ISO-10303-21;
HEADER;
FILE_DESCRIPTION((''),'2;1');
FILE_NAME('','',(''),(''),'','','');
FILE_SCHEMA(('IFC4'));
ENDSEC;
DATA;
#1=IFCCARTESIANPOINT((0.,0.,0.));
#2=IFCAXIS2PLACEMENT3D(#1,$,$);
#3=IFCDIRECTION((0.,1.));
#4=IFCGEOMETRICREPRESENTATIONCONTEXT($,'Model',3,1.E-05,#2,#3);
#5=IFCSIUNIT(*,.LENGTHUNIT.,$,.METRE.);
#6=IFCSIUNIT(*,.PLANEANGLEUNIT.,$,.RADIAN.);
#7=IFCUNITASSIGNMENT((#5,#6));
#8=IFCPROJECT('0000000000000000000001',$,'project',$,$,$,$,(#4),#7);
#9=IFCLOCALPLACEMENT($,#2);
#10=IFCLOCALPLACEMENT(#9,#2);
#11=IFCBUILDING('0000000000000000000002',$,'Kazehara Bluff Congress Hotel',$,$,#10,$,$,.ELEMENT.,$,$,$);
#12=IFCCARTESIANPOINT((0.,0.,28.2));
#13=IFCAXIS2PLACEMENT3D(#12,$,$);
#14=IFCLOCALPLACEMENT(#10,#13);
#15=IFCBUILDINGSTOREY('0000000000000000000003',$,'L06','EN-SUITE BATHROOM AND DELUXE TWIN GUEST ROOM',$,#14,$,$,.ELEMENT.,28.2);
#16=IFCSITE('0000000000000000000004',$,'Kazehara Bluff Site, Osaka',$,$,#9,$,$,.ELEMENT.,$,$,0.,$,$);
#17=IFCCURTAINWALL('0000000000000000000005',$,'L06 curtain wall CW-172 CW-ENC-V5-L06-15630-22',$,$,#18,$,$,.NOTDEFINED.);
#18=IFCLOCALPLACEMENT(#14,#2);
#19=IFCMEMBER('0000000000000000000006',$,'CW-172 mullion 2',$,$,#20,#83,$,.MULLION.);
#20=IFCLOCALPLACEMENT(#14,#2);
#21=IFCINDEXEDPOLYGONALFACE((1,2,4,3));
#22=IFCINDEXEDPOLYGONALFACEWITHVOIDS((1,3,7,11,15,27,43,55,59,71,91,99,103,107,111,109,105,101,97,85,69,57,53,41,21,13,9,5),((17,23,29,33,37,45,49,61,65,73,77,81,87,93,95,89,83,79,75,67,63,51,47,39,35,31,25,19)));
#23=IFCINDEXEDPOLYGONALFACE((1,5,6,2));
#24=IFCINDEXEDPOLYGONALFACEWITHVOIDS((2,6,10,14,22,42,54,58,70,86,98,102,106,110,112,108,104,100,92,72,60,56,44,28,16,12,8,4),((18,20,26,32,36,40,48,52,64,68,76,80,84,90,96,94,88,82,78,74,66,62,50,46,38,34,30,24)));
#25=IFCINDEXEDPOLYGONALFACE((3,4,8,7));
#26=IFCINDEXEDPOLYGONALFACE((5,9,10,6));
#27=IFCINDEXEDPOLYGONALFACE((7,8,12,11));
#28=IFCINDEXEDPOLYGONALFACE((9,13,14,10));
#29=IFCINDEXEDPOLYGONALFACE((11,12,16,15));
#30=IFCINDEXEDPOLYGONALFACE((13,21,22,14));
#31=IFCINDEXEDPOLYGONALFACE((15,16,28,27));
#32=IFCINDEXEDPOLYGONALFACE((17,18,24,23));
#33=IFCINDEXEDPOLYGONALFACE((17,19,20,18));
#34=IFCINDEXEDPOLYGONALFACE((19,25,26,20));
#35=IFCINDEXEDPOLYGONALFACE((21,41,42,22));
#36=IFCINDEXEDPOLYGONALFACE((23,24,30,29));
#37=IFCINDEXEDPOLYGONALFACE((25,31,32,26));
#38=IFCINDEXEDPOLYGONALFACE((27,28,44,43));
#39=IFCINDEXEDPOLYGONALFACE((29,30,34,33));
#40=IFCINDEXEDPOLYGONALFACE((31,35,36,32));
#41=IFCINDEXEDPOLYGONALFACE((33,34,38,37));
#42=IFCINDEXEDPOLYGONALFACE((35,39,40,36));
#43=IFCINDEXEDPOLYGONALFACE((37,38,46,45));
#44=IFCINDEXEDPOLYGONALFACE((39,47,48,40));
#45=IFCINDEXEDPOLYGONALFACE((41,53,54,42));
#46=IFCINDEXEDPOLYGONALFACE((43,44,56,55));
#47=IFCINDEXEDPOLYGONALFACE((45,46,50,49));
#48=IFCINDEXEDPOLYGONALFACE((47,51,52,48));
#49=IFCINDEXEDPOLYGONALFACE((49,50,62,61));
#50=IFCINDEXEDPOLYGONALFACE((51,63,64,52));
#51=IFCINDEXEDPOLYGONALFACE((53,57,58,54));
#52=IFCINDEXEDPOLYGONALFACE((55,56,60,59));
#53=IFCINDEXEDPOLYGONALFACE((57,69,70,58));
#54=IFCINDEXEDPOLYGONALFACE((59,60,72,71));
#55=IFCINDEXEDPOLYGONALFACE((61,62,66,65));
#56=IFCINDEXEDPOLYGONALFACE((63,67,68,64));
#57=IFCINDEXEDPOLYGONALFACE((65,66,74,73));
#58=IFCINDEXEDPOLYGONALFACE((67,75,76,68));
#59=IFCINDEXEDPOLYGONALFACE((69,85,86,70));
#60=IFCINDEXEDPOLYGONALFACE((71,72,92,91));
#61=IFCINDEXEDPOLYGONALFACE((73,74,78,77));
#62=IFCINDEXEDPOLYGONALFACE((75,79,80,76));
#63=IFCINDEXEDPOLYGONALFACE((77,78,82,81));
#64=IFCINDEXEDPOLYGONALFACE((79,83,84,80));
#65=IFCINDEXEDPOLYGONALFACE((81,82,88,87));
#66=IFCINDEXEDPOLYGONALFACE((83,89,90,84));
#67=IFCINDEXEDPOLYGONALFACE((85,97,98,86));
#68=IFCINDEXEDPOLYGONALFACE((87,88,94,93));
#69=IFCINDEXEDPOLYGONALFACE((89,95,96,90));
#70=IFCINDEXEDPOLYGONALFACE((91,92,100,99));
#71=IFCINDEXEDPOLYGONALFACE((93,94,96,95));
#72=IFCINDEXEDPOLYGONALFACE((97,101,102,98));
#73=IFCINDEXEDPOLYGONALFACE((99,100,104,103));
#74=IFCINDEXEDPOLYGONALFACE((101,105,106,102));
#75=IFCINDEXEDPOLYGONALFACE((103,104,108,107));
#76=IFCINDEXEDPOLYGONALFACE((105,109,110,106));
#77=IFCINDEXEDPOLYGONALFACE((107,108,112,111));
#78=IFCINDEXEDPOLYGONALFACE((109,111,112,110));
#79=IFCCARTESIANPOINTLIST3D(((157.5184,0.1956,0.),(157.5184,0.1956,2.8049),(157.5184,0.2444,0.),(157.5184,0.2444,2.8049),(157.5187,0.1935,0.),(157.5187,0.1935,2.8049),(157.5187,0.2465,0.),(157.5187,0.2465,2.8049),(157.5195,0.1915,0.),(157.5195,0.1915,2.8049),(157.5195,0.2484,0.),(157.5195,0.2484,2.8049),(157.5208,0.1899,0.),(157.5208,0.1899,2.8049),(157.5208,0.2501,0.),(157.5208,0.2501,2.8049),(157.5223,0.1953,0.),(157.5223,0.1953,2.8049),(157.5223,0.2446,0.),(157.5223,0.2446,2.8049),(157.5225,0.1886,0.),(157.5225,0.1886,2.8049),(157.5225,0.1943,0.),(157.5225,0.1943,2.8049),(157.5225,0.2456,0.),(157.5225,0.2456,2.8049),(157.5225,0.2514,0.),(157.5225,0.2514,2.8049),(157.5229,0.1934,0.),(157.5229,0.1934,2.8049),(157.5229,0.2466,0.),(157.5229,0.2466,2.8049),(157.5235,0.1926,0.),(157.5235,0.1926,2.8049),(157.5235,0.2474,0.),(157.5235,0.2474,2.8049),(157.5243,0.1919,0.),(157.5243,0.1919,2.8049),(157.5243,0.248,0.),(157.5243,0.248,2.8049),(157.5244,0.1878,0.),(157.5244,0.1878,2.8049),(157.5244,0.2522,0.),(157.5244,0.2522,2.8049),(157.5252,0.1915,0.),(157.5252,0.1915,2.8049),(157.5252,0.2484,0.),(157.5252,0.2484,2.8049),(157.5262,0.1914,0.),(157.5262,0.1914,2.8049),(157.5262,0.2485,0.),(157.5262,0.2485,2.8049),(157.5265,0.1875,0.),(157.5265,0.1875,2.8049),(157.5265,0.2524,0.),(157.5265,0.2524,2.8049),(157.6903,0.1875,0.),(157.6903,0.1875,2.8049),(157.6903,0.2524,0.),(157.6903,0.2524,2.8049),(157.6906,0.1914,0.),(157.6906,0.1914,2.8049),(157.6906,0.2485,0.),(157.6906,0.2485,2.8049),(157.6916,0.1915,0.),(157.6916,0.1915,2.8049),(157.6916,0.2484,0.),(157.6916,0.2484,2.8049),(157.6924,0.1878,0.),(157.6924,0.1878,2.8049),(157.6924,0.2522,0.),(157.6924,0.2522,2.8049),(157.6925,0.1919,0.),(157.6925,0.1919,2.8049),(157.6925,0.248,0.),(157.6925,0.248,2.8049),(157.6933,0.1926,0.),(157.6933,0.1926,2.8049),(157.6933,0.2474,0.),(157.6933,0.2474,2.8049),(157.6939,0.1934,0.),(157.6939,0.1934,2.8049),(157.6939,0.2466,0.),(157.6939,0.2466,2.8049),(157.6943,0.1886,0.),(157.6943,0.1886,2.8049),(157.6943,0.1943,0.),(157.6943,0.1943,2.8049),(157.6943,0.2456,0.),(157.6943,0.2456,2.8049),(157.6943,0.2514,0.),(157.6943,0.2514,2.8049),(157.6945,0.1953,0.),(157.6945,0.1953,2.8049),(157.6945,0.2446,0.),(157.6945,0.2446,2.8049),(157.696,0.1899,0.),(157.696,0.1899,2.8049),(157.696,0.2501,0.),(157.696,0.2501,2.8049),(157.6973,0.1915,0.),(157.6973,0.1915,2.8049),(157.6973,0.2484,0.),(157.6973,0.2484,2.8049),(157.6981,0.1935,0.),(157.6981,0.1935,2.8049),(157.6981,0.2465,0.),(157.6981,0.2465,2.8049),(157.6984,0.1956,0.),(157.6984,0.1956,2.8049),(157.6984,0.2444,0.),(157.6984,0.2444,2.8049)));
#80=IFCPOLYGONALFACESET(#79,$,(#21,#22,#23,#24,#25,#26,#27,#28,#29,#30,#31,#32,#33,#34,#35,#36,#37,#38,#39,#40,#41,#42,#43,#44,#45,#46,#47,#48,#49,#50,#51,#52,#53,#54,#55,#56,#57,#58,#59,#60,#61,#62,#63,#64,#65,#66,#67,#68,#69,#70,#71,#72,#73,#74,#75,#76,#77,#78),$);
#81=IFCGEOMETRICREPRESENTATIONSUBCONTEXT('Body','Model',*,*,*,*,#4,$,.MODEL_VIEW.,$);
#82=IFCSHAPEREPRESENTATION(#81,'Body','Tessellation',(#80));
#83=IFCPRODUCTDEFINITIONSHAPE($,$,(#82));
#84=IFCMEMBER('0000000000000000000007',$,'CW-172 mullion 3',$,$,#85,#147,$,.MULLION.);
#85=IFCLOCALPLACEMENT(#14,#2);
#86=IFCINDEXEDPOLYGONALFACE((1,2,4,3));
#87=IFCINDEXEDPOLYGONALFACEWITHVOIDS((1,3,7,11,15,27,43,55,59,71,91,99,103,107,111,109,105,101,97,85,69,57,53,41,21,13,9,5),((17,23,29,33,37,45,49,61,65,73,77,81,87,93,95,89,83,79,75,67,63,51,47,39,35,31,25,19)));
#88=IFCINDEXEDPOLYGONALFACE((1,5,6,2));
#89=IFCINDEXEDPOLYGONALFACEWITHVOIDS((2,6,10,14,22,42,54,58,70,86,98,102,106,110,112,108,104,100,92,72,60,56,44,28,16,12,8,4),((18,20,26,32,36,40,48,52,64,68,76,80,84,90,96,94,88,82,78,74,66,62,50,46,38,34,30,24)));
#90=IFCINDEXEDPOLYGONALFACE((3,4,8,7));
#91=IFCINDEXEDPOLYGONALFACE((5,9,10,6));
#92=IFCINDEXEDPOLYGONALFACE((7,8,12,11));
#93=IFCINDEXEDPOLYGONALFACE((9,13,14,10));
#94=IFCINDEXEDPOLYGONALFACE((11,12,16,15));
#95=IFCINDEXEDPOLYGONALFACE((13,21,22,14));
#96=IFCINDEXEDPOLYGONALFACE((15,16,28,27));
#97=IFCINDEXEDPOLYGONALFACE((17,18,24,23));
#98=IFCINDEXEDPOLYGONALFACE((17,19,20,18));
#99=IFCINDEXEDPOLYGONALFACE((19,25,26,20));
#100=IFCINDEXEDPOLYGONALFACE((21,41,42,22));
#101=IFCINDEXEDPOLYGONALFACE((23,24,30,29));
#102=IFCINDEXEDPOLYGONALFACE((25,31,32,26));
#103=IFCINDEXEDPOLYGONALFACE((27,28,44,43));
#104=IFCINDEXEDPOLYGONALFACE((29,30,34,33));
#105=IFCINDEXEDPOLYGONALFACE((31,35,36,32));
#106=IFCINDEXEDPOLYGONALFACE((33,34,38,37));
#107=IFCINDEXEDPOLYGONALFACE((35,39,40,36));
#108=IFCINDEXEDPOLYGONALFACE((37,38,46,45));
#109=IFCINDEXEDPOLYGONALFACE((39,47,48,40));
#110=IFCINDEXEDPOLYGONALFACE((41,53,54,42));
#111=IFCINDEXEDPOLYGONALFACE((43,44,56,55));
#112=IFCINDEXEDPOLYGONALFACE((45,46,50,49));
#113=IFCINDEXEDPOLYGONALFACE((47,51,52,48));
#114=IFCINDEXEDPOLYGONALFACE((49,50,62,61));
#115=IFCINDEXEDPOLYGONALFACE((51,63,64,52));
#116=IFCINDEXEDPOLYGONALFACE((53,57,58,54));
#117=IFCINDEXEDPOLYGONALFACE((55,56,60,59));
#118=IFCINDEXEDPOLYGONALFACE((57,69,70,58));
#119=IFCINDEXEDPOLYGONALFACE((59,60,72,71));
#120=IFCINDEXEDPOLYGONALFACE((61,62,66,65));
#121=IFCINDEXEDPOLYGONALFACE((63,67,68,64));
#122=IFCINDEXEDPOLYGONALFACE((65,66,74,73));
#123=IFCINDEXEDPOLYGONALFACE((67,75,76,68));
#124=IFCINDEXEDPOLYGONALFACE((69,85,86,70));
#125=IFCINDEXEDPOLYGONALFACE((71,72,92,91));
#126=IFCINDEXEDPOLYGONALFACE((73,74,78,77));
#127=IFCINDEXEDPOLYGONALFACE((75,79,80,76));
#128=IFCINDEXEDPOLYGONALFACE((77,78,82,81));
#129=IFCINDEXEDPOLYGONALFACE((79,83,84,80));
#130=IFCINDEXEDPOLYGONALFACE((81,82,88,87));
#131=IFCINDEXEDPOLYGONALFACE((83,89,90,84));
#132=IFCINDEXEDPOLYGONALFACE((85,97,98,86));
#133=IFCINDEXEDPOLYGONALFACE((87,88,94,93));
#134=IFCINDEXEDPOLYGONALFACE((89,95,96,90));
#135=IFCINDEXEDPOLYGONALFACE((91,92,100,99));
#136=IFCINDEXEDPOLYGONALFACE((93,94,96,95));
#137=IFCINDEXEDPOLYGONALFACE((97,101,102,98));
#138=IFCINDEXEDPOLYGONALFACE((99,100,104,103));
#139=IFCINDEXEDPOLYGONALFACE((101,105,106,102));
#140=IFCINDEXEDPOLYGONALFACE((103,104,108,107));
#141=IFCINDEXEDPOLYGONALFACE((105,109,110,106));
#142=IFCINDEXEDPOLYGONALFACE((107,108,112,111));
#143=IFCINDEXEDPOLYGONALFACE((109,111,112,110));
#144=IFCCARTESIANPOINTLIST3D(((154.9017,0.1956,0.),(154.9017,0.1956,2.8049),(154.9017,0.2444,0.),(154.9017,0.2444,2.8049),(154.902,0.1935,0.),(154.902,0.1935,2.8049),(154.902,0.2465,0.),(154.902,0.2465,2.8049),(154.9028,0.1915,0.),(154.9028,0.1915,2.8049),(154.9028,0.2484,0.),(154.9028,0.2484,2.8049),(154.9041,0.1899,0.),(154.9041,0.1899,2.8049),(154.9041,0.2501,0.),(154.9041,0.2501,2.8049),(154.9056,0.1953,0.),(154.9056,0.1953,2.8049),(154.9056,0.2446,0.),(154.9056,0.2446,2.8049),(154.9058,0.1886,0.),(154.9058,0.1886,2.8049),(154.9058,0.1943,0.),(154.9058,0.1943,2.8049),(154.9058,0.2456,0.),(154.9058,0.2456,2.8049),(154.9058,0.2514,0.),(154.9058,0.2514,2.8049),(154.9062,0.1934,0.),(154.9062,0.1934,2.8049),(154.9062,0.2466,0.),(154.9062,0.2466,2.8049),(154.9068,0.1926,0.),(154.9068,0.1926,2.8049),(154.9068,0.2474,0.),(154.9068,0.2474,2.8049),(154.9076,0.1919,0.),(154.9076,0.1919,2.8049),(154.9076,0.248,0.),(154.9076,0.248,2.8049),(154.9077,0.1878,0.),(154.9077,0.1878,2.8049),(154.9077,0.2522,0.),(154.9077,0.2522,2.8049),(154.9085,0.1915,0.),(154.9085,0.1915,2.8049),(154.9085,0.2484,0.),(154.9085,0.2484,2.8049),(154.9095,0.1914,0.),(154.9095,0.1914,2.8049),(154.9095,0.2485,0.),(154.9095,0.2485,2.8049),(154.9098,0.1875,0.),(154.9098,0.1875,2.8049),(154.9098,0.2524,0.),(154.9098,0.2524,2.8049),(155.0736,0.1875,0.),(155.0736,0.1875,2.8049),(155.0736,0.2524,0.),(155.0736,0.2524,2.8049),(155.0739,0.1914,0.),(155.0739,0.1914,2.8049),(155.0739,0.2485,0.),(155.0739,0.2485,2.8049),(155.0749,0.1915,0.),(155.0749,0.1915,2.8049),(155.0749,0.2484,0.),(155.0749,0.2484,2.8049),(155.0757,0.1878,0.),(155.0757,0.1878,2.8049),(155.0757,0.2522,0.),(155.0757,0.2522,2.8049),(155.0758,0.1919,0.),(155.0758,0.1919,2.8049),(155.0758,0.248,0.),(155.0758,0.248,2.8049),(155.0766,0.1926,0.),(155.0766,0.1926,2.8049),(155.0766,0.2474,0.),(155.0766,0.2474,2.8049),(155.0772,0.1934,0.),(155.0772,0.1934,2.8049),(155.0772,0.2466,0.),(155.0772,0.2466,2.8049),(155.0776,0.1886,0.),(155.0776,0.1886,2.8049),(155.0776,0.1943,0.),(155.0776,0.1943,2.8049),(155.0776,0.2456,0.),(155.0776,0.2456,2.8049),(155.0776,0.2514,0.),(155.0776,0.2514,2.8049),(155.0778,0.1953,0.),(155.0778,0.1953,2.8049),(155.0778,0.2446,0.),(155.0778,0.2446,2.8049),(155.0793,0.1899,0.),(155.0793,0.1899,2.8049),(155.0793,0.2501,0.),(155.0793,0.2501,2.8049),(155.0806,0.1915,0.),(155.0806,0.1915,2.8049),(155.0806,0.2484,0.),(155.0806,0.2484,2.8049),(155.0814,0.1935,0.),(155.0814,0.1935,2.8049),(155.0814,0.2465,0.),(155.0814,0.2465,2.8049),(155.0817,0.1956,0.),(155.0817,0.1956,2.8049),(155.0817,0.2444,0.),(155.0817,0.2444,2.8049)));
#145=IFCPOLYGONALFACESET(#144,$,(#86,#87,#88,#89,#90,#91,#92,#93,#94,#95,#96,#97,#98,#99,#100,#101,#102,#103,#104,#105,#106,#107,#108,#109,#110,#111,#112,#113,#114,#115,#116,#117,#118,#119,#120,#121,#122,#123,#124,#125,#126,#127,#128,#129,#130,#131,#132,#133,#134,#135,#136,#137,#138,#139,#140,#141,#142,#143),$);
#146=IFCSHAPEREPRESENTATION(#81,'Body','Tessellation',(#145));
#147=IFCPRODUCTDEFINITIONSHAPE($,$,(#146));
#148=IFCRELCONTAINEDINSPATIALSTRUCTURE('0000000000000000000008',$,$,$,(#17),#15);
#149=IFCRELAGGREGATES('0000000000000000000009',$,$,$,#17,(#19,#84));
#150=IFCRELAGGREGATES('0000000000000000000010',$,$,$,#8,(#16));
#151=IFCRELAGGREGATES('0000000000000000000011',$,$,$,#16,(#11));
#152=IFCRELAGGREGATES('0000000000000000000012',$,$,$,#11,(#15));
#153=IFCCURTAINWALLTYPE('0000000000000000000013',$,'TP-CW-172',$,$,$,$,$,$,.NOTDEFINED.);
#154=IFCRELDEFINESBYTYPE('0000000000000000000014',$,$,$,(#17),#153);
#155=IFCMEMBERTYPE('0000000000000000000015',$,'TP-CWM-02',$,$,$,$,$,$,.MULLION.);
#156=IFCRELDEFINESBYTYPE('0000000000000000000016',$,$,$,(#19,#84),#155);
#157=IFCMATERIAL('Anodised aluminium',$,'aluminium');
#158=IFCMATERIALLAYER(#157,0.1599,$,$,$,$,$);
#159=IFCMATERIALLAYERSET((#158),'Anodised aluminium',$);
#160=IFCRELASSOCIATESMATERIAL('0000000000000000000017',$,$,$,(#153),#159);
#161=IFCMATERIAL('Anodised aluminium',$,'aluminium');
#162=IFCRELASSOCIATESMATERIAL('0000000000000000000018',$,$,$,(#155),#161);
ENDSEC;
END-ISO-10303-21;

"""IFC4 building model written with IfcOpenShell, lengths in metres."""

from ifc_helpers import new_model, si_unit, direction, frame, origin, origin_2d, place, context, subcontext, project, spatial, hollow_rectangle, extrude, material, layer, layer_set, material_profile, profile_set, type_object, element, aggregate, save


model = new_model("IFC4")

# Units and contexts
model_context = context("Model", 3, precision=1e-05, world=origin(), true_north=direction((0.0, 1.0)))
body_context = subcontext(model_context, "Body", "Model", "MODEL_VIEW")
ifc_project = project(units=[si_unit("LENGTHUNIT", "METRE"), si_unit("PLANEANGLEUNIT", "RADIAN")], contexts=[model_context])

# Site, building, storey
site_placement = place(None, origin())
site = spatial("IfcSite", under=ifc_project, at=site_placement, Name="Kazehara Bluff Site, Osaka", CompositionType="ELEMENT", RefElevation=0.0)
building_placement = place(site_placement, origin())
building = spatial("IfcBuilding", under=site, at=building_placement, Name="Kazehara Bluff Congress Hotel", CompositionType="ELEMENT")
storey_placement = place(building_placement, frame((0.0, 0.0, 28.2)))
storey = spatial("IfcBuildingStorey", under=building, at=storey_placement, Name="L06", Description="EN-SUITE BATHROOM AND DELUXE TWIN GUEST ROOM", CompositionType="ELEMENT", Elevation=28.2)

# Curtain wall, members
ifc_material_1 = material(Name="Anodised aluminium", Category="aluminium")
ifc_layer_1 = layer(ifc_material_1, 0.1599)
ifc_layer_set_1 = layer_set([ifc_layer_1], Name="Anodised aluminium")
curtain_wall_type = type_object("IfcCurtainWallType", Name="TP-CW-172", PredefinedType="NOTDEFINED", material=ifc_layer_set_1)
curtain_wall_placement = place(storey_placement, origin())
curtain_wall = element("IfcCurtainWall", 1, at=curtain_wall_placement, inside=storey, type_object=curtain_wall_type, Name="L06 curtain wall CW-172 CW-ENC-V5-L06-15630-22", PredefinedType="NOTDEFINED")
ifc_material_2 = material(Name="Anodised aluminium", Category="aluminium")
ifc_material_profile_1 = material_profile(ifc_material_2, hollow_rectangle(XDim=0.0649, YDim=0.1799, WallThickness=0.0039, InnerFilletRadius=0.0039, OuterFilletRadius=0.0081, at=origin_2d()))
ifc_profile_set_1 = profile_set([ifc_material_profile_1], Name="Anodised aluminium")
member_type_1 = type_object("IfcMemberType", Name="TP-CWM-02", PredefinedType="MULLION", material=ifc_profile_set_1)
member_1_placement = place(storey_placement, frame((157.6084, 0.22, 0.0), z_axis=(0.0, 0.0, 1.0), x_axis=(0.0, -1.0, 0.0)))
member_1 = element("IfcMember", 2, at=member_1_placement, type_object=member_type_1, Name="CW-172 mullion 2", PredefinedType="MULLION", context=body_context, shape_type="SweptSolid", body=[
    extrude(hollow_rectangle(XDim=0.0649, YDim=0.1799, WallThickness=0.0039, InnerFilletRadius=0.0039, OuterFilletRadius=0.0081, at=origin_2d()), origin(), (0.0, 0.0, 1.0), 2.8049),
])
member_2_placement = place(storey_placement, frame((154.9917, 0.22, 0.0), z_axis=(0.0, 0.0, 1.0), x_axis=(0.0, -1.0, 0.0)))
member_2 = element("IfcMember", 3, at=member_2_placement, type_object=member_type_1, Name="CW-172 mullion 3", PredefinedType="MULLION", context=body_context, shape_type="SweptSolid", body=[
    extrude(hollow_rectangle(XDim=0.0649, YDim=0.1799, WallThickness=0.0039, InnerFilletRadius=0.0039, OuterFilletRadius=0.0081, at=origin_2d()), origin(), (0.0, 0.0, 1.0), 2.8049),
])
aggregate(curtain_wall, [member_1, member_2])

save(model, "model.ifc")
